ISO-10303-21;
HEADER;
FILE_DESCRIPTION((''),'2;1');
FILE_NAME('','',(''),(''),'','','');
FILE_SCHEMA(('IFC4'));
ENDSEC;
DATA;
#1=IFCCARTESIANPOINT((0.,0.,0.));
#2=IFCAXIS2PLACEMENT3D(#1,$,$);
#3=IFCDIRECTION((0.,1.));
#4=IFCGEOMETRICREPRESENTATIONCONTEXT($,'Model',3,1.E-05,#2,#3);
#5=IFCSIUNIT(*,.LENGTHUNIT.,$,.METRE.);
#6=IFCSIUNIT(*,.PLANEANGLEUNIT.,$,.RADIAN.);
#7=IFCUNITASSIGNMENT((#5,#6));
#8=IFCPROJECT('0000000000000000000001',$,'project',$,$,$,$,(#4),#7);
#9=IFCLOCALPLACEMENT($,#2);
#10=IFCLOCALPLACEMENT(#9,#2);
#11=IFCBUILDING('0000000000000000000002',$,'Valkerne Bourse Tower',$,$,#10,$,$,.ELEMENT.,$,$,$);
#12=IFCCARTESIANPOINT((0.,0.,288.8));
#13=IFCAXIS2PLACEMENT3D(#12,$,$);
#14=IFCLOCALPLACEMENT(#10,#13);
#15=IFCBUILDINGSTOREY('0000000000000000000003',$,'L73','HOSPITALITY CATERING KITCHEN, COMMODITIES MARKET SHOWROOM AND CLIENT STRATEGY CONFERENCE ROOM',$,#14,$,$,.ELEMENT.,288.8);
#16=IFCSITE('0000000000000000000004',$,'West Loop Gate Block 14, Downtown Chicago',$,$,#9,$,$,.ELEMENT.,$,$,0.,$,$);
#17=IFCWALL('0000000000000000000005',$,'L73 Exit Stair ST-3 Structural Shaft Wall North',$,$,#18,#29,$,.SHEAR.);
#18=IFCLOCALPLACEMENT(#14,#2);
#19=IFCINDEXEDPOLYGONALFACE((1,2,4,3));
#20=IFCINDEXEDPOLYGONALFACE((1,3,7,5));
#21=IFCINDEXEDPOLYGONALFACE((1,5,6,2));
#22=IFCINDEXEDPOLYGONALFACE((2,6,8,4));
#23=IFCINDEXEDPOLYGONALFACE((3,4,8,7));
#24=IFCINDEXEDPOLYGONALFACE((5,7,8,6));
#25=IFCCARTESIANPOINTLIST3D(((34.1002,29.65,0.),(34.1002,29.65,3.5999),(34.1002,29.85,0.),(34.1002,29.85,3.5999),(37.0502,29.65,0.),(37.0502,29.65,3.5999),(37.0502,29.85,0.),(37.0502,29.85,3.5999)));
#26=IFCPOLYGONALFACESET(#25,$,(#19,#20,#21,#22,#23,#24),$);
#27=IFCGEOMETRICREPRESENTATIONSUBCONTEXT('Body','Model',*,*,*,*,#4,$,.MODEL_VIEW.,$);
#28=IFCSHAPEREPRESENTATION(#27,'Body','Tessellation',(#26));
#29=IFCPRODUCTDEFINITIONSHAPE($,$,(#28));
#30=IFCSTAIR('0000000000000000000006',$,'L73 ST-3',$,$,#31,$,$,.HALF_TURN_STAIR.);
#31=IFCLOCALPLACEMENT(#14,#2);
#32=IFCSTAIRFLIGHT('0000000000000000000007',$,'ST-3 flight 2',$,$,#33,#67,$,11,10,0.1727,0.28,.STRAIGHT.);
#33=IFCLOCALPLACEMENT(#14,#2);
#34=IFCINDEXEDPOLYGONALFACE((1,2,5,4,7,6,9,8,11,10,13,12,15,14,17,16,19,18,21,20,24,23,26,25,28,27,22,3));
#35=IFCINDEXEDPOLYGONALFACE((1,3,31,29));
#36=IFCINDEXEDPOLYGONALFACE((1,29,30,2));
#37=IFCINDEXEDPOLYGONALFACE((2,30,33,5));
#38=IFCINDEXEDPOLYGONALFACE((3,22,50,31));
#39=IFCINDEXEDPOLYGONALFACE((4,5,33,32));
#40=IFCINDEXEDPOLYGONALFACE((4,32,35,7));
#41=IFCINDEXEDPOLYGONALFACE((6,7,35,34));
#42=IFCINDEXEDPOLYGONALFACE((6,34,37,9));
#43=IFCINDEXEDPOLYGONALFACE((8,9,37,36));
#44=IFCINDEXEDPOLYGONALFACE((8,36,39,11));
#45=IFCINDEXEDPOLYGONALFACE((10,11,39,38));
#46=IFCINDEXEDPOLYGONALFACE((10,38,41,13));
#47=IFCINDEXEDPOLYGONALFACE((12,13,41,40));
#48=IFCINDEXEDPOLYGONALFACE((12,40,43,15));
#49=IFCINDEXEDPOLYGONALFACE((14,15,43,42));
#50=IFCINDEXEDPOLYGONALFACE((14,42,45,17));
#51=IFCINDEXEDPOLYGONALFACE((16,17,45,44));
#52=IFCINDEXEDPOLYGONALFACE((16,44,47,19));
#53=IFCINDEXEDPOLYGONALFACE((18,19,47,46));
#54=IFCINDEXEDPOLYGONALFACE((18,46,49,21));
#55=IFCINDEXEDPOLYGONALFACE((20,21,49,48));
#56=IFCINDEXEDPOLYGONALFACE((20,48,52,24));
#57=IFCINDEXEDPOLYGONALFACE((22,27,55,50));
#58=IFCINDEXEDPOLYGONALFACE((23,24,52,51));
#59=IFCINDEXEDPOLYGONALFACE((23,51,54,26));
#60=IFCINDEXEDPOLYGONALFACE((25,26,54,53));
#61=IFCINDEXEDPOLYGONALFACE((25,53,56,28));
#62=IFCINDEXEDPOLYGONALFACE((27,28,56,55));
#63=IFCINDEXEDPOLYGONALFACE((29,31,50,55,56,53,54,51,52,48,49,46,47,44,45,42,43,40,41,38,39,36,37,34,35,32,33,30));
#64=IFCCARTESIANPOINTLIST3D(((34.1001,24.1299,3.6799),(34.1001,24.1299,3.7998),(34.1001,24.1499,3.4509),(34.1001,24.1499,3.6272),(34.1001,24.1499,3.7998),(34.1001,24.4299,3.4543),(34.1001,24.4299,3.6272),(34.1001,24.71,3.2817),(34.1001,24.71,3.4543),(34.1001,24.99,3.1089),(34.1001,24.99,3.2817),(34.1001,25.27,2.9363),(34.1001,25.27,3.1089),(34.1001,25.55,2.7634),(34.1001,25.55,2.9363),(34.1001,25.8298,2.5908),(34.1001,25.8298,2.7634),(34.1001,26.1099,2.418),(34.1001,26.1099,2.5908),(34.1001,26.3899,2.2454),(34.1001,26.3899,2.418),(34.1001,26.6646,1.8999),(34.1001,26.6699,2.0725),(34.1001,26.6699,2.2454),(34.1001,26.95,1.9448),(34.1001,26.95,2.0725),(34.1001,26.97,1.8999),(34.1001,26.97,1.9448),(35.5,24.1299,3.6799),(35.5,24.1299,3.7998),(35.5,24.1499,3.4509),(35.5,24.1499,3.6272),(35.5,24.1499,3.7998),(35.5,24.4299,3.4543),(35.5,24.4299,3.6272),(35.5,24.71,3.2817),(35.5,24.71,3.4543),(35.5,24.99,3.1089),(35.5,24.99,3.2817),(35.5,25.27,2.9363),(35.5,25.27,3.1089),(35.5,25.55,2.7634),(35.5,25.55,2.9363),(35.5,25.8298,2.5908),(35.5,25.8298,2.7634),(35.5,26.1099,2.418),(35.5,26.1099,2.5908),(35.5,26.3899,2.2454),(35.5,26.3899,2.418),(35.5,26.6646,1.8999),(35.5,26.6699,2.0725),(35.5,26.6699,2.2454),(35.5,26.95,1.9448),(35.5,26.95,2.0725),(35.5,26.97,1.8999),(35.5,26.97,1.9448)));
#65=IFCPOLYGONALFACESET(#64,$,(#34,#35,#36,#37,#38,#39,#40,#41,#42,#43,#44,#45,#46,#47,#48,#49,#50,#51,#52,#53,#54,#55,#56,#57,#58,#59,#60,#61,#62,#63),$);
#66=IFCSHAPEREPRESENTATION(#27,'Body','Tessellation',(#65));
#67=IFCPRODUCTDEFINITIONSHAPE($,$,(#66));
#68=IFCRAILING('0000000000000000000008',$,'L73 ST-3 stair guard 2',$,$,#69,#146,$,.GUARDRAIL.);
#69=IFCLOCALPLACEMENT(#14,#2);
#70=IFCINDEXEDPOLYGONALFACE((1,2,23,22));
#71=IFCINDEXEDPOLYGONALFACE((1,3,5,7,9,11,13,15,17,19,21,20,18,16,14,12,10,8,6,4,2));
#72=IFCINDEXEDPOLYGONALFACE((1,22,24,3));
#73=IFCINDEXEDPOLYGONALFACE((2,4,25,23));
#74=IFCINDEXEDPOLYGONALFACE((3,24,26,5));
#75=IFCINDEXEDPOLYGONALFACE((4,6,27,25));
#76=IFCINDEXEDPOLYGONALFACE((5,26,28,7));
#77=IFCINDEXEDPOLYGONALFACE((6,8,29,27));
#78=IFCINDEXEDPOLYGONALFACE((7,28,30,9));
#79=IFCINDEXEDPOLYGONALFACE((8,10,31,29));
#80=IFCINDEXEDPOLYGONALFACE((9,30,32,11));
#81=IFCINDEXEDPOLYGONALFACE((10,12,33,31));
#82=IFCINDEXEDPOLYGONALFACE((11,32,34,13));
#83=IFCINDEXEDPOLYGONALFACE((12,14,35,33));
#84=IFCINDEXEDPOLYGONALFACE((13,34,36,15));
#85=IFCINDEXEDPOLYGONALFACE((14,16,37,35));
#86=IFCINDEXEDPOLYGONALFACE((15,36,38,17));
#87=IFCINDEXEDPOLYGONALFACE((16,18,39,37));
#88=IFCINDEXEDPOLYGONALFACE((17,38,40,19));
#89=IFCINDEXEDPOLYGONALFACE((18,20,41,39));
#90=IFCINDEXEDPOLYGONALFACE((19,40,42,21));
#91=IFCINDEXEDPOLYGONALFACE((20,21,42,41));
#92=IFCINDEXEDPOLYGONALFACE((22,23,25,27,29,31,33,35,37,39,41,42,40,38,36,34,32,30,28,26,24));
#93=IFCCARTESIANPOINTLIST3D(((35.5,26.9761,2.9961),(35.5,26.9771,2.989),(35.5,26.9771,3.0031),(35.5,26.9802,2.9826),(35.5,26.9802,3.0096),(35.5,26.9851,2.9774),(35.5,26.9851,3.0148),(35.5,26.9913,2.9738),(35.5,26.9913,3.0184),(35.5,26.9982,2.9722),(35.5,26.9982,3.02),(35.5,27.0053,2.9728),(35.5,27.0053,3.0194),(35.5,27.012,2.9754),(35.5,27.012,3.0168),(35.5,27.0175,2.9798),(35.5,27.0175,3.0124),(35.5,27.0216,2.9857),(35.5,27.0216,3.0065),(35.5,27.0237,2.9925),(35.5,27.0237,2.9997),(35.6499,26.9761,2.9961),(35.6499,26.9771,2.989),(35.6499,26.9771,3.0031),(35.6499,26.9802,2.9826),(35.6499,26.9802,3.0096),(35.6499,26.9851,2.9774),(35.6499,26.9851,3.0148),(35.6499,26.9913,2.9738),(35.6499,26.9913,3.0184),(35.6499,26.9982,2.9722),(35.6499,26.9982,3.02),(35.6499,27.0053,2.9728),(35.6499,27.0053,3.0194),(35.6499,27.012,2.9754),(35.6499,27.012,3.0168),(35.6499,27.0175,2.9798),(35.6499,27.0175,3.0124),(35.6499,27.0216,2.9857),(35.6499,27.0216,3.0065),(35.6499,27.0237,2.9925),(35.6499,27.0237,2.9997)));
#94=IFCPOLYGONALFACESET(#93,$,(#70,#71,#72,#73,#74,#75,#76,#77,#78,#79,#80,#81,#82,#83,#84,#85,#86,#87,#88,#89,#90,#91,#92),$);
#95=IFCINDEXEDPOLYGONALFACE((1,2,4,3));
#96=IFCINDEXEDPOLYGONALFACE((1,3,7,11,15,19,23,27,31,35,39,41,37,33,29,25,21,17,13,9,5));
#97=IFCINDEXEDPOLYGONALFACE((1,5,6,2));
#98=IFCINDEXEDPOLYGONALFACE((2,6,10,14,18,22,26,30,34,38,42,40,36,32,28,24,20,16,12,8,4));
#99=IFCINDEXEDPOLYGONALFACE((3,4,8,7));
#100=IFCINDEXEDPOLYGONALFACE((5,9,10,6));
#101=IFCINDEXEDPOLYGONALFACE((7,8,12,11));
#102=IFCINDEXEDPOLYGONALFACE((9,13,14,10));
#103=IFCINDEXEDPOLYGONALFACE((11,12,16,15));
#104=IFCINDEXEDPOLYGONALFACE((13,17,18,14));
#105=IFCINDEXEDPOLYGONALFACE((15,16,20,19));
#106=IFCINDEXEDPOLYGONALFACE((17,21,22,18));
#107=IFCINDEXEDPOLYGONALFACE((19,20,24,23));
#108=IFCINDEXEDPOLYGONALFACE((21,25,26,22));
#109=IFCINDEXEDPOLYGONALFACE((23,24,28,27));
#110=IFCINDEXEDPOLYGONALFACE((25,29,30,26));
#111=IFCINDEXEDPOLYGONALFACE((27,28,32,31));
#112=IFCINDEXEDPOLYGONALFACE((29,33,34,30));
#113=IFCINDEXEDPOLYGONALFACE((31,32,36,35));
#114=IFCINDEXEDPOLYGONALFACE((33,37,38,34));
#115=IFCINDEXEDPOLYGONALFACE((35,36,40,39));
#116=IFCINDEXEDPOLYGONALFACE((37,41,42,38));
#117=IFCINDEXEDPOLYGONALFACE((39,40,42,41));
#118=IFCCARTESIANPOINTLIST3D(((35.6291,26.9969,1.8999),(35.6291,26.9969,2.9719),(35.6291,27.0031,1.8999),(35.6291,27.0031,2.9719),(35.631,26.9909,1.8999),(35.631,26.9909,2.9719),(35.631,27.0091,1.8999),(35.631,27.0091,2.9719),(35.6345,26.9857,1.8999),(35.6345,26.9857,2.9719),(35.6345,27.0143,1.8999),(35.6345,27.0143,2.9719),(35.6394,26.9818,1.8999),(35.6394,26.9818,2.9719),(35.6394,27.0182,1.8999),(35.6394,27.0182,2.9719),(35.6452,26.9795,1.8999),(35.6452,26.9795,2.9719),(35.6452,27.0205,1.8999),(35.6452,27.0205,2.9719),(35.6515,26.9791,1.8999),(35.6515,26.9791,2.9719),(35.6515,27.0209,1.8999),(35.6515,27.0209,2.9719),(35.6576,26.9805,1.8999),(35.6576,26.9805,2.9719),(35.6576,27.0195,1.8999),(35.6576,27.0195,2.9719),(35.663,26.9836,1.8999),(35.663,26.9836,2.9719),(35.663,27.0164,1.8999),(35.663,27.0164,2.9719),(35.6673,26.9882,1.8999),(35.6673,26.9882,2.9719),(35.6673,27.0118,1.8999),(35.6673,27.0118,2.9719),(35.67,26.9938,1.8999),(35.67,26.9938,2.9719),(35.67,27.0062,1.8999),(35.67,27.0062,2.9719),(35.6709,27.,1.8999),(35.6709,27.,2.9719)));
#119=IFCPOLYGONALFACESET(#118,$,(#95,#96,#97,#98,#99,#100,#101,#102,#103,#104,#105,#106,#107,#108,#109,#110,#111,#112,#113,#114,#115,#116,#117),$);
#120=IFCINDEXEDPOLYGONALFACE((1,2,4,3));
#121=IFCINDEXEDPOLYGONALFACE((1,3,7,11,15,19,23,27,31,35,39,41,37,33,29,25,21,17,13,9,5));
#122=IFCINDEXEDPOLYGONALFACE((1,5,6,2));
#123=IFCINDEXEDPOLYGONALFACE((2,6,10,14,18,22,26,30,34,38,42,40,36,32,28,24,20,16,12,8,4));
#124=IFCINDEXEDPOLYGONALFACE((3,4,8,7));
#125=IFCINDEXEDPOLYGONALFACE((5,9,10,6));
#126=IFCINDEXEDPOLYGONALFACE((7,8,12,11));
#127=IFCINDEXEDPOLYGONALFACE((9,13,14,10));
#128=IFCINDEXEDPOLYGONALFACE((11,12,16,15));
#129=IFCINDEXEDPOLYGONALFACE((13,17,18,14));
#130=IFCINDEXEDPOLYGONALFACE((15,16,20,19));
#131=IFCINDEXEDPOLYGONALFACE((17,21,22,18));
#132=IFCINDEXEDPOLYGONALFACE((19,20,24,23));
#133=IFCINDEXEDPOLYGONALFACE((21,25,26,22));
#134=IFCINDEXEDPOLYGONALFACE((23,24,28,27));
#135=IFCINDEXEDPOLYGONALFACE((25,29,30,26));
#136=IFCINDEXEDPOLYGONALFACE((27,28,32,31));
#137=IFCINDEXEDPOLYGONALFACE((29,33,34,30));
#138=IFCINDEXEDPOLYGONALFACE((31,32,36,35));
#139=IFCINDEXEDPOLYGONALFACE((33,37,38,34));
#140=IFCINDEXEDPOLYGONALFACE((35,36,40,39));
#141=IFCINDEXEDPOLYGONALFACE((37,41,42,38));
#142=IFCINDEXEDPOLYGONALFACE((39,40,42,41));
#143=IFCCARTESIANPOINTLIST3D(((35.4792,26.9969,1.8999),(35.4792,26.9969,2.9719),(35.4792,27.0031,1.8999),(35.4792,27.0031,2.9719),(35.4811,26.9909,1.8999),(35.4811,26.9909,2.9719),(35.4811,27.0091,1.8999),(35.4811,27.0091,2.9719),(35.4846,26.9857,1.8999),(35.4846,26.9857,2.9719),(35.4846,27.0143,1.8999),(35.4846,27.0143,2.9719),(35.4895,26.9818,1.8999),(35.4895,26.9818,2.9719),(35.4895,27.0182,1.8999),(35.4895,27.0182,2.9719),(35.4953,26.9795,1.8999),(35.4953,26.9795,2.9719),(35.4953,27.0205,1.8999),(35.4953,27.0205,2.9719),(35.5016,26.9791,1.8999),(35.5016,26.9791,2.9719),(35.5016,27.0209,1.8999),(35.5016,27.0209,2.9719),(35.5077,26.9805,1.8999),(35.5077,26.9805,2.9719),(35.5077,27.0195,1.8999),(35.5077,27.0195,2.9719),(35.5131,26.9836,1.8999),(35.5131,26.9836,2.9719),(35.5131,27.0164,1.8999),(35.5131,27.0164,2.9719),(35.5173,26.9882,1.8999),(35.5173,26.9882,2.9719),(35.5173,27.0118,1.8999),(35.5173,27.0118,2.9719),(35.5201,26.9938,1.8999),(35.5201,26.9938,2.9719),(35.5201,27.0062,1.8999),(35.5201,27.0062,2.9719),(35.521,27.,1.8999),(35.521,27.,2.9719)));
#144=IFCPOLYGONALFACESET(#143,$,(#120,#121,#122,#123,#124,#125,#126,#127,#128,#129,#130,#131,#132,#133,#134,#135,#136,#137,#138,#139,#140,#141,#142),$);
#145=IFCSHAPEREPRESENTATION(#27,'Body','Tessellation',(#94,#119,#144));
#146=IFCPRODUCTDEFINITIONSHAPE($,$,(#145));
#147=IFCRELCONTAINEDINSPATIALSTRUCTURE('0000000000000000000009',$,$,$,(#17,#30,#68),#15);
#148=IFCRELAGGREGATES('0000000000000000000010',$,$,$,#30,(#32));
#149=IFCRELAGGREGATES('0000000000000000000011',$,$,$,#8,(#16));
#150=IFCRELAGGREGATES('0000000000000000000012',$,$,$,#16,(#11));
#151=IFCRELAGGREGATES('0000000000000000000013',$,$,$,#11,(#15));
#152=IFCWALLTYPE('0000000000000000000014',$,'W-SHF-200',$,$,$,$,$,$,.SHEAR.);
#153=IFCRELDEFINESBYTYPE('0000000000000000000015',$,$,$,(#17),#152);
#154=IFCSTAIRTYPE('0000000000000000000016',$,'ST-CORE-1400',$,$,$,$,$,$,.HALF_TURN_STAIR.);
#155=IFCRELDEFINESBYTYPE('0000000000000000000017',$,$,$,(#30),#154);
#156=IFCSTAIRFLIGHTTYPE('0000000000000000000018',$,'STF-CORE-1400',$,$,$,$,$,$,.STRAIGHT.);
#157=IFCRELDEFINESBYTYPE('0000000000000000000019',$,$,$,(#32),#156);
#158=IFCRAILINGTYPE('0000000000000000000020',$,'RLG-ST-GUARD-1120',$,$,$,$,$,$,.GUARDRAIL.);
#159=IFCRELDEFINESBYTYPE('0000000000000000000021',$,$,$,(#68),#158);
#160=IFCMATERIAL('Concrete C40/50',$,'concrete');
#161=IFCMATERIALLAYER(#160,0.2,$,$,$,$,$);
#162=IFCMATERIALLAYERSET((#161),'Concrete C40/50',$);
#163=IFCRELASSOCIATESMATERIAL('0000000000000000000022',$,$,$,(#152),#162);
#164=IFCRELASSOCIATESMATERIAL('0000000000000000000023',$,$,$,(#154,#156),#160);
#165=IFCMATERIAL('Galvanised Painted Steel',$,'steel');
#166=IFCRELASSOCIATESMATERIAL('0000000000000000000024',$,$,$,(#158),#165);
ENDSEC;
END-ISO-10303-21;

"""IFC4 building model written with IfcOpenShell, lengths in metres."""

from ifc_helpers import new_model, si_unit, direction, frame, frame_2d, origin, origin_2d, place, context, subcontext, project, spatial, polyline, rectangle, circle, outline, extrude, material, layer, layer_set, type_object, element, aggregate, save


model = new_model("IFC4")

# Units and contexts
model_context = context("Model", 3, precision=1e-05, world=origin(), true_north=direction((0.0, 1.0)))
body_context = subcontext(model_context, "Body", "Model", "MODEL_VIEW")
ifc_project = project(units=[si_unit("LENGTHUNIT", "METRE"), si_unit("PLANEANGLEUNIT", "RADIAN")], contexts=[model_context])

# Site, building, storey
site_placement = place(None, origin())
site = spatial("IfcSite", under=ifc_project, at=site_placement, Name="West Loop Gate Block 14, Downtown Chicago", CompositionType="ELEMENT", RefElevation=0.0)
building_placement = place(site_placement, origin())
building = spatial("IfcBuilding", under=site, at=building_placement, Name="Valkerne Bourse Tower", CompositionType="ELEMENT")
storey_placement = place(building_placement, frame((0.0, 0.0, 288.8)))
storey = spatial("IfcBuildingStorey", under=building, at=storey_placement, Name="L73", Description="HOSPITALITY CATERING KITCHEN, COMMODITIES MARKET SHOWROOM AND CLIENT STRATEGY CONFERENCE ROOM", CompositionType="ELEMENT", Elevation=288.8)

# Wall
ifc_material_1 = material(Name="Concrete C40/50", Category="concrete")
ifc_layer_1 = layer(ifc_material_1, 0.2)
ifc_layer_set_1 = layer_set([ifc_layer_1], Name="Concrete C40/50")
wall_type_1 = type_object("IfcWallType", Name="W-SHF-200", PredefinedType="SHEAR", material=ifc_layer_set_1)
wall_1_placement = place(storey_placement, frame((34.1001, 29.75, 0.0), z_axis=(0.0, 0.0, 1.0), x_axis=(1.0, 0.0, 0.0)))
element("IfcWall", 1, at=wall_1_placement, inside=storey, type_object=wall_type_1, Name="L73 Exit Stair ST-3 Structural Shaft Wall North", PredefinedType="SHEAR", context=body_context, shape_type="SweptSolid", body=[
    extrude(rectangle(XDim=2.95, YDim=0.2, at=frame_2d((1.4751, 0.0))), origin(), (0.0, 0.0, 1.0), 3.5999),
])

# Stair, stair flight
stair_type = type_object("IfcStairType", Name="ST-CORE-1400", PredefinedType="HALF_TURN_STAIR", material=ifc_material_1)
stair_placement = place(storey_placement, origin())
stair = element("IfcStair", 2, at=stair_placement, inside=storey, type_object=stair_type, Name="L73 ST-3", PredefinedType="HALF_TURN_STAIR")
stair_flight_type = type_object("IfcStairFlightType", Name="STF-CORE-1400", PredefinedType="STRAIGHT", material=ifc_material_1)
stair_flight_placement = place(storey_placement, frame((34.8, 26.95, 1.8999), z_axis=(0.0, 0.0, 1.0), x_axis=(0.0, -1.0, 0.0)))
stair_flight = element("IfcStairFlight", 3, at=stair_flight_placement, type_object=stair_flight_type, Name="ST-3 flight 2", NumberOfRisers=11, NumberOfTreads=10, PredefinedType="STRAIGHT", RiserHeight=0.1727, TreadLength=0.28, context=body_context, shape_type="SweptSolid", body=[
    extrude(outline(polyline([(-0.02, 0.0), (-0.02, 0.0449), (0.0, 0.0449), (0.0, 0.1726), (0.28, 0.1726), (0.28, 0.3455), (0.5601, 0.3455), (0.5601, 0.5181), (0.8401, 0.5181), (0.8401, 0.6909), (1.1201, 0.6909), (1.1201, 0.8635), (1.3999, 0.8635), (1.3999, 1.0364), (1.6799, 1.0364), (1.6799, 1.209), (1.96, 1.209), (1.96, 1.3818), (2.24, 1.3818), (2.24, 1.5544), (2.52, 1.5544), (2.52, 1.7273), (2.8, 1.7273), (2.8, 1.8999), (2.8201, 1.8999), (2.8201, 1.78), (2.8, 1.551), (0.2854, 0.0), (-0.02, 0.0)])), frame((0.0, 0.7, 0.0), z_axis=(0.0, -1.0, 0.0), x_axis=(1.0, 0.0, 0.0)), (0.0, 0.0, 1.0), 1.3999),
])
aggregate(stair, [stair_flight])

# Railing
ifc_material_2 = material(Name="Galvanised Painted Steel", Category="steel")
railing_type_1 = type_object("IfcRailingType", Name="RLG-ST-GUARD-1120", PredefinedType="GUARDRAIL", material=ifc_material_2)
railing_1_placement = place(storey_placement, frame((35.6499, 27.0, 1.8999)))
element("IfcRailing", 4, at=railing_1_placement, inside=storey, type_object=railing_type_1, Name="L73 ST-3 stair guard 2", PredefinedType="GUARDRAIL", context=body_context, shape_type="SweptSolid", body=[
    extrude(circle(Radius=0.0239, at=origin_2d()), frame((0.0, 0.0, 1.0962), z_axis=(-1.0, 0.0, 0.0), x_axis=(0.0, -1.0, 0.0)), (0.0, 0.0, 1.0), 0.1499),
    extrude(circle(Radius=0.021, at=origin_2d()), origin(), (0.0, 0.0, 1.0), 1.072),
    extrude(circle(Radius=0.021, at=origin_2d()), frame((-0.1499, 0.0, 0.0)), (0.0, 0.0, 1.0), 1.072),
])

save(model, "model.ifc")
